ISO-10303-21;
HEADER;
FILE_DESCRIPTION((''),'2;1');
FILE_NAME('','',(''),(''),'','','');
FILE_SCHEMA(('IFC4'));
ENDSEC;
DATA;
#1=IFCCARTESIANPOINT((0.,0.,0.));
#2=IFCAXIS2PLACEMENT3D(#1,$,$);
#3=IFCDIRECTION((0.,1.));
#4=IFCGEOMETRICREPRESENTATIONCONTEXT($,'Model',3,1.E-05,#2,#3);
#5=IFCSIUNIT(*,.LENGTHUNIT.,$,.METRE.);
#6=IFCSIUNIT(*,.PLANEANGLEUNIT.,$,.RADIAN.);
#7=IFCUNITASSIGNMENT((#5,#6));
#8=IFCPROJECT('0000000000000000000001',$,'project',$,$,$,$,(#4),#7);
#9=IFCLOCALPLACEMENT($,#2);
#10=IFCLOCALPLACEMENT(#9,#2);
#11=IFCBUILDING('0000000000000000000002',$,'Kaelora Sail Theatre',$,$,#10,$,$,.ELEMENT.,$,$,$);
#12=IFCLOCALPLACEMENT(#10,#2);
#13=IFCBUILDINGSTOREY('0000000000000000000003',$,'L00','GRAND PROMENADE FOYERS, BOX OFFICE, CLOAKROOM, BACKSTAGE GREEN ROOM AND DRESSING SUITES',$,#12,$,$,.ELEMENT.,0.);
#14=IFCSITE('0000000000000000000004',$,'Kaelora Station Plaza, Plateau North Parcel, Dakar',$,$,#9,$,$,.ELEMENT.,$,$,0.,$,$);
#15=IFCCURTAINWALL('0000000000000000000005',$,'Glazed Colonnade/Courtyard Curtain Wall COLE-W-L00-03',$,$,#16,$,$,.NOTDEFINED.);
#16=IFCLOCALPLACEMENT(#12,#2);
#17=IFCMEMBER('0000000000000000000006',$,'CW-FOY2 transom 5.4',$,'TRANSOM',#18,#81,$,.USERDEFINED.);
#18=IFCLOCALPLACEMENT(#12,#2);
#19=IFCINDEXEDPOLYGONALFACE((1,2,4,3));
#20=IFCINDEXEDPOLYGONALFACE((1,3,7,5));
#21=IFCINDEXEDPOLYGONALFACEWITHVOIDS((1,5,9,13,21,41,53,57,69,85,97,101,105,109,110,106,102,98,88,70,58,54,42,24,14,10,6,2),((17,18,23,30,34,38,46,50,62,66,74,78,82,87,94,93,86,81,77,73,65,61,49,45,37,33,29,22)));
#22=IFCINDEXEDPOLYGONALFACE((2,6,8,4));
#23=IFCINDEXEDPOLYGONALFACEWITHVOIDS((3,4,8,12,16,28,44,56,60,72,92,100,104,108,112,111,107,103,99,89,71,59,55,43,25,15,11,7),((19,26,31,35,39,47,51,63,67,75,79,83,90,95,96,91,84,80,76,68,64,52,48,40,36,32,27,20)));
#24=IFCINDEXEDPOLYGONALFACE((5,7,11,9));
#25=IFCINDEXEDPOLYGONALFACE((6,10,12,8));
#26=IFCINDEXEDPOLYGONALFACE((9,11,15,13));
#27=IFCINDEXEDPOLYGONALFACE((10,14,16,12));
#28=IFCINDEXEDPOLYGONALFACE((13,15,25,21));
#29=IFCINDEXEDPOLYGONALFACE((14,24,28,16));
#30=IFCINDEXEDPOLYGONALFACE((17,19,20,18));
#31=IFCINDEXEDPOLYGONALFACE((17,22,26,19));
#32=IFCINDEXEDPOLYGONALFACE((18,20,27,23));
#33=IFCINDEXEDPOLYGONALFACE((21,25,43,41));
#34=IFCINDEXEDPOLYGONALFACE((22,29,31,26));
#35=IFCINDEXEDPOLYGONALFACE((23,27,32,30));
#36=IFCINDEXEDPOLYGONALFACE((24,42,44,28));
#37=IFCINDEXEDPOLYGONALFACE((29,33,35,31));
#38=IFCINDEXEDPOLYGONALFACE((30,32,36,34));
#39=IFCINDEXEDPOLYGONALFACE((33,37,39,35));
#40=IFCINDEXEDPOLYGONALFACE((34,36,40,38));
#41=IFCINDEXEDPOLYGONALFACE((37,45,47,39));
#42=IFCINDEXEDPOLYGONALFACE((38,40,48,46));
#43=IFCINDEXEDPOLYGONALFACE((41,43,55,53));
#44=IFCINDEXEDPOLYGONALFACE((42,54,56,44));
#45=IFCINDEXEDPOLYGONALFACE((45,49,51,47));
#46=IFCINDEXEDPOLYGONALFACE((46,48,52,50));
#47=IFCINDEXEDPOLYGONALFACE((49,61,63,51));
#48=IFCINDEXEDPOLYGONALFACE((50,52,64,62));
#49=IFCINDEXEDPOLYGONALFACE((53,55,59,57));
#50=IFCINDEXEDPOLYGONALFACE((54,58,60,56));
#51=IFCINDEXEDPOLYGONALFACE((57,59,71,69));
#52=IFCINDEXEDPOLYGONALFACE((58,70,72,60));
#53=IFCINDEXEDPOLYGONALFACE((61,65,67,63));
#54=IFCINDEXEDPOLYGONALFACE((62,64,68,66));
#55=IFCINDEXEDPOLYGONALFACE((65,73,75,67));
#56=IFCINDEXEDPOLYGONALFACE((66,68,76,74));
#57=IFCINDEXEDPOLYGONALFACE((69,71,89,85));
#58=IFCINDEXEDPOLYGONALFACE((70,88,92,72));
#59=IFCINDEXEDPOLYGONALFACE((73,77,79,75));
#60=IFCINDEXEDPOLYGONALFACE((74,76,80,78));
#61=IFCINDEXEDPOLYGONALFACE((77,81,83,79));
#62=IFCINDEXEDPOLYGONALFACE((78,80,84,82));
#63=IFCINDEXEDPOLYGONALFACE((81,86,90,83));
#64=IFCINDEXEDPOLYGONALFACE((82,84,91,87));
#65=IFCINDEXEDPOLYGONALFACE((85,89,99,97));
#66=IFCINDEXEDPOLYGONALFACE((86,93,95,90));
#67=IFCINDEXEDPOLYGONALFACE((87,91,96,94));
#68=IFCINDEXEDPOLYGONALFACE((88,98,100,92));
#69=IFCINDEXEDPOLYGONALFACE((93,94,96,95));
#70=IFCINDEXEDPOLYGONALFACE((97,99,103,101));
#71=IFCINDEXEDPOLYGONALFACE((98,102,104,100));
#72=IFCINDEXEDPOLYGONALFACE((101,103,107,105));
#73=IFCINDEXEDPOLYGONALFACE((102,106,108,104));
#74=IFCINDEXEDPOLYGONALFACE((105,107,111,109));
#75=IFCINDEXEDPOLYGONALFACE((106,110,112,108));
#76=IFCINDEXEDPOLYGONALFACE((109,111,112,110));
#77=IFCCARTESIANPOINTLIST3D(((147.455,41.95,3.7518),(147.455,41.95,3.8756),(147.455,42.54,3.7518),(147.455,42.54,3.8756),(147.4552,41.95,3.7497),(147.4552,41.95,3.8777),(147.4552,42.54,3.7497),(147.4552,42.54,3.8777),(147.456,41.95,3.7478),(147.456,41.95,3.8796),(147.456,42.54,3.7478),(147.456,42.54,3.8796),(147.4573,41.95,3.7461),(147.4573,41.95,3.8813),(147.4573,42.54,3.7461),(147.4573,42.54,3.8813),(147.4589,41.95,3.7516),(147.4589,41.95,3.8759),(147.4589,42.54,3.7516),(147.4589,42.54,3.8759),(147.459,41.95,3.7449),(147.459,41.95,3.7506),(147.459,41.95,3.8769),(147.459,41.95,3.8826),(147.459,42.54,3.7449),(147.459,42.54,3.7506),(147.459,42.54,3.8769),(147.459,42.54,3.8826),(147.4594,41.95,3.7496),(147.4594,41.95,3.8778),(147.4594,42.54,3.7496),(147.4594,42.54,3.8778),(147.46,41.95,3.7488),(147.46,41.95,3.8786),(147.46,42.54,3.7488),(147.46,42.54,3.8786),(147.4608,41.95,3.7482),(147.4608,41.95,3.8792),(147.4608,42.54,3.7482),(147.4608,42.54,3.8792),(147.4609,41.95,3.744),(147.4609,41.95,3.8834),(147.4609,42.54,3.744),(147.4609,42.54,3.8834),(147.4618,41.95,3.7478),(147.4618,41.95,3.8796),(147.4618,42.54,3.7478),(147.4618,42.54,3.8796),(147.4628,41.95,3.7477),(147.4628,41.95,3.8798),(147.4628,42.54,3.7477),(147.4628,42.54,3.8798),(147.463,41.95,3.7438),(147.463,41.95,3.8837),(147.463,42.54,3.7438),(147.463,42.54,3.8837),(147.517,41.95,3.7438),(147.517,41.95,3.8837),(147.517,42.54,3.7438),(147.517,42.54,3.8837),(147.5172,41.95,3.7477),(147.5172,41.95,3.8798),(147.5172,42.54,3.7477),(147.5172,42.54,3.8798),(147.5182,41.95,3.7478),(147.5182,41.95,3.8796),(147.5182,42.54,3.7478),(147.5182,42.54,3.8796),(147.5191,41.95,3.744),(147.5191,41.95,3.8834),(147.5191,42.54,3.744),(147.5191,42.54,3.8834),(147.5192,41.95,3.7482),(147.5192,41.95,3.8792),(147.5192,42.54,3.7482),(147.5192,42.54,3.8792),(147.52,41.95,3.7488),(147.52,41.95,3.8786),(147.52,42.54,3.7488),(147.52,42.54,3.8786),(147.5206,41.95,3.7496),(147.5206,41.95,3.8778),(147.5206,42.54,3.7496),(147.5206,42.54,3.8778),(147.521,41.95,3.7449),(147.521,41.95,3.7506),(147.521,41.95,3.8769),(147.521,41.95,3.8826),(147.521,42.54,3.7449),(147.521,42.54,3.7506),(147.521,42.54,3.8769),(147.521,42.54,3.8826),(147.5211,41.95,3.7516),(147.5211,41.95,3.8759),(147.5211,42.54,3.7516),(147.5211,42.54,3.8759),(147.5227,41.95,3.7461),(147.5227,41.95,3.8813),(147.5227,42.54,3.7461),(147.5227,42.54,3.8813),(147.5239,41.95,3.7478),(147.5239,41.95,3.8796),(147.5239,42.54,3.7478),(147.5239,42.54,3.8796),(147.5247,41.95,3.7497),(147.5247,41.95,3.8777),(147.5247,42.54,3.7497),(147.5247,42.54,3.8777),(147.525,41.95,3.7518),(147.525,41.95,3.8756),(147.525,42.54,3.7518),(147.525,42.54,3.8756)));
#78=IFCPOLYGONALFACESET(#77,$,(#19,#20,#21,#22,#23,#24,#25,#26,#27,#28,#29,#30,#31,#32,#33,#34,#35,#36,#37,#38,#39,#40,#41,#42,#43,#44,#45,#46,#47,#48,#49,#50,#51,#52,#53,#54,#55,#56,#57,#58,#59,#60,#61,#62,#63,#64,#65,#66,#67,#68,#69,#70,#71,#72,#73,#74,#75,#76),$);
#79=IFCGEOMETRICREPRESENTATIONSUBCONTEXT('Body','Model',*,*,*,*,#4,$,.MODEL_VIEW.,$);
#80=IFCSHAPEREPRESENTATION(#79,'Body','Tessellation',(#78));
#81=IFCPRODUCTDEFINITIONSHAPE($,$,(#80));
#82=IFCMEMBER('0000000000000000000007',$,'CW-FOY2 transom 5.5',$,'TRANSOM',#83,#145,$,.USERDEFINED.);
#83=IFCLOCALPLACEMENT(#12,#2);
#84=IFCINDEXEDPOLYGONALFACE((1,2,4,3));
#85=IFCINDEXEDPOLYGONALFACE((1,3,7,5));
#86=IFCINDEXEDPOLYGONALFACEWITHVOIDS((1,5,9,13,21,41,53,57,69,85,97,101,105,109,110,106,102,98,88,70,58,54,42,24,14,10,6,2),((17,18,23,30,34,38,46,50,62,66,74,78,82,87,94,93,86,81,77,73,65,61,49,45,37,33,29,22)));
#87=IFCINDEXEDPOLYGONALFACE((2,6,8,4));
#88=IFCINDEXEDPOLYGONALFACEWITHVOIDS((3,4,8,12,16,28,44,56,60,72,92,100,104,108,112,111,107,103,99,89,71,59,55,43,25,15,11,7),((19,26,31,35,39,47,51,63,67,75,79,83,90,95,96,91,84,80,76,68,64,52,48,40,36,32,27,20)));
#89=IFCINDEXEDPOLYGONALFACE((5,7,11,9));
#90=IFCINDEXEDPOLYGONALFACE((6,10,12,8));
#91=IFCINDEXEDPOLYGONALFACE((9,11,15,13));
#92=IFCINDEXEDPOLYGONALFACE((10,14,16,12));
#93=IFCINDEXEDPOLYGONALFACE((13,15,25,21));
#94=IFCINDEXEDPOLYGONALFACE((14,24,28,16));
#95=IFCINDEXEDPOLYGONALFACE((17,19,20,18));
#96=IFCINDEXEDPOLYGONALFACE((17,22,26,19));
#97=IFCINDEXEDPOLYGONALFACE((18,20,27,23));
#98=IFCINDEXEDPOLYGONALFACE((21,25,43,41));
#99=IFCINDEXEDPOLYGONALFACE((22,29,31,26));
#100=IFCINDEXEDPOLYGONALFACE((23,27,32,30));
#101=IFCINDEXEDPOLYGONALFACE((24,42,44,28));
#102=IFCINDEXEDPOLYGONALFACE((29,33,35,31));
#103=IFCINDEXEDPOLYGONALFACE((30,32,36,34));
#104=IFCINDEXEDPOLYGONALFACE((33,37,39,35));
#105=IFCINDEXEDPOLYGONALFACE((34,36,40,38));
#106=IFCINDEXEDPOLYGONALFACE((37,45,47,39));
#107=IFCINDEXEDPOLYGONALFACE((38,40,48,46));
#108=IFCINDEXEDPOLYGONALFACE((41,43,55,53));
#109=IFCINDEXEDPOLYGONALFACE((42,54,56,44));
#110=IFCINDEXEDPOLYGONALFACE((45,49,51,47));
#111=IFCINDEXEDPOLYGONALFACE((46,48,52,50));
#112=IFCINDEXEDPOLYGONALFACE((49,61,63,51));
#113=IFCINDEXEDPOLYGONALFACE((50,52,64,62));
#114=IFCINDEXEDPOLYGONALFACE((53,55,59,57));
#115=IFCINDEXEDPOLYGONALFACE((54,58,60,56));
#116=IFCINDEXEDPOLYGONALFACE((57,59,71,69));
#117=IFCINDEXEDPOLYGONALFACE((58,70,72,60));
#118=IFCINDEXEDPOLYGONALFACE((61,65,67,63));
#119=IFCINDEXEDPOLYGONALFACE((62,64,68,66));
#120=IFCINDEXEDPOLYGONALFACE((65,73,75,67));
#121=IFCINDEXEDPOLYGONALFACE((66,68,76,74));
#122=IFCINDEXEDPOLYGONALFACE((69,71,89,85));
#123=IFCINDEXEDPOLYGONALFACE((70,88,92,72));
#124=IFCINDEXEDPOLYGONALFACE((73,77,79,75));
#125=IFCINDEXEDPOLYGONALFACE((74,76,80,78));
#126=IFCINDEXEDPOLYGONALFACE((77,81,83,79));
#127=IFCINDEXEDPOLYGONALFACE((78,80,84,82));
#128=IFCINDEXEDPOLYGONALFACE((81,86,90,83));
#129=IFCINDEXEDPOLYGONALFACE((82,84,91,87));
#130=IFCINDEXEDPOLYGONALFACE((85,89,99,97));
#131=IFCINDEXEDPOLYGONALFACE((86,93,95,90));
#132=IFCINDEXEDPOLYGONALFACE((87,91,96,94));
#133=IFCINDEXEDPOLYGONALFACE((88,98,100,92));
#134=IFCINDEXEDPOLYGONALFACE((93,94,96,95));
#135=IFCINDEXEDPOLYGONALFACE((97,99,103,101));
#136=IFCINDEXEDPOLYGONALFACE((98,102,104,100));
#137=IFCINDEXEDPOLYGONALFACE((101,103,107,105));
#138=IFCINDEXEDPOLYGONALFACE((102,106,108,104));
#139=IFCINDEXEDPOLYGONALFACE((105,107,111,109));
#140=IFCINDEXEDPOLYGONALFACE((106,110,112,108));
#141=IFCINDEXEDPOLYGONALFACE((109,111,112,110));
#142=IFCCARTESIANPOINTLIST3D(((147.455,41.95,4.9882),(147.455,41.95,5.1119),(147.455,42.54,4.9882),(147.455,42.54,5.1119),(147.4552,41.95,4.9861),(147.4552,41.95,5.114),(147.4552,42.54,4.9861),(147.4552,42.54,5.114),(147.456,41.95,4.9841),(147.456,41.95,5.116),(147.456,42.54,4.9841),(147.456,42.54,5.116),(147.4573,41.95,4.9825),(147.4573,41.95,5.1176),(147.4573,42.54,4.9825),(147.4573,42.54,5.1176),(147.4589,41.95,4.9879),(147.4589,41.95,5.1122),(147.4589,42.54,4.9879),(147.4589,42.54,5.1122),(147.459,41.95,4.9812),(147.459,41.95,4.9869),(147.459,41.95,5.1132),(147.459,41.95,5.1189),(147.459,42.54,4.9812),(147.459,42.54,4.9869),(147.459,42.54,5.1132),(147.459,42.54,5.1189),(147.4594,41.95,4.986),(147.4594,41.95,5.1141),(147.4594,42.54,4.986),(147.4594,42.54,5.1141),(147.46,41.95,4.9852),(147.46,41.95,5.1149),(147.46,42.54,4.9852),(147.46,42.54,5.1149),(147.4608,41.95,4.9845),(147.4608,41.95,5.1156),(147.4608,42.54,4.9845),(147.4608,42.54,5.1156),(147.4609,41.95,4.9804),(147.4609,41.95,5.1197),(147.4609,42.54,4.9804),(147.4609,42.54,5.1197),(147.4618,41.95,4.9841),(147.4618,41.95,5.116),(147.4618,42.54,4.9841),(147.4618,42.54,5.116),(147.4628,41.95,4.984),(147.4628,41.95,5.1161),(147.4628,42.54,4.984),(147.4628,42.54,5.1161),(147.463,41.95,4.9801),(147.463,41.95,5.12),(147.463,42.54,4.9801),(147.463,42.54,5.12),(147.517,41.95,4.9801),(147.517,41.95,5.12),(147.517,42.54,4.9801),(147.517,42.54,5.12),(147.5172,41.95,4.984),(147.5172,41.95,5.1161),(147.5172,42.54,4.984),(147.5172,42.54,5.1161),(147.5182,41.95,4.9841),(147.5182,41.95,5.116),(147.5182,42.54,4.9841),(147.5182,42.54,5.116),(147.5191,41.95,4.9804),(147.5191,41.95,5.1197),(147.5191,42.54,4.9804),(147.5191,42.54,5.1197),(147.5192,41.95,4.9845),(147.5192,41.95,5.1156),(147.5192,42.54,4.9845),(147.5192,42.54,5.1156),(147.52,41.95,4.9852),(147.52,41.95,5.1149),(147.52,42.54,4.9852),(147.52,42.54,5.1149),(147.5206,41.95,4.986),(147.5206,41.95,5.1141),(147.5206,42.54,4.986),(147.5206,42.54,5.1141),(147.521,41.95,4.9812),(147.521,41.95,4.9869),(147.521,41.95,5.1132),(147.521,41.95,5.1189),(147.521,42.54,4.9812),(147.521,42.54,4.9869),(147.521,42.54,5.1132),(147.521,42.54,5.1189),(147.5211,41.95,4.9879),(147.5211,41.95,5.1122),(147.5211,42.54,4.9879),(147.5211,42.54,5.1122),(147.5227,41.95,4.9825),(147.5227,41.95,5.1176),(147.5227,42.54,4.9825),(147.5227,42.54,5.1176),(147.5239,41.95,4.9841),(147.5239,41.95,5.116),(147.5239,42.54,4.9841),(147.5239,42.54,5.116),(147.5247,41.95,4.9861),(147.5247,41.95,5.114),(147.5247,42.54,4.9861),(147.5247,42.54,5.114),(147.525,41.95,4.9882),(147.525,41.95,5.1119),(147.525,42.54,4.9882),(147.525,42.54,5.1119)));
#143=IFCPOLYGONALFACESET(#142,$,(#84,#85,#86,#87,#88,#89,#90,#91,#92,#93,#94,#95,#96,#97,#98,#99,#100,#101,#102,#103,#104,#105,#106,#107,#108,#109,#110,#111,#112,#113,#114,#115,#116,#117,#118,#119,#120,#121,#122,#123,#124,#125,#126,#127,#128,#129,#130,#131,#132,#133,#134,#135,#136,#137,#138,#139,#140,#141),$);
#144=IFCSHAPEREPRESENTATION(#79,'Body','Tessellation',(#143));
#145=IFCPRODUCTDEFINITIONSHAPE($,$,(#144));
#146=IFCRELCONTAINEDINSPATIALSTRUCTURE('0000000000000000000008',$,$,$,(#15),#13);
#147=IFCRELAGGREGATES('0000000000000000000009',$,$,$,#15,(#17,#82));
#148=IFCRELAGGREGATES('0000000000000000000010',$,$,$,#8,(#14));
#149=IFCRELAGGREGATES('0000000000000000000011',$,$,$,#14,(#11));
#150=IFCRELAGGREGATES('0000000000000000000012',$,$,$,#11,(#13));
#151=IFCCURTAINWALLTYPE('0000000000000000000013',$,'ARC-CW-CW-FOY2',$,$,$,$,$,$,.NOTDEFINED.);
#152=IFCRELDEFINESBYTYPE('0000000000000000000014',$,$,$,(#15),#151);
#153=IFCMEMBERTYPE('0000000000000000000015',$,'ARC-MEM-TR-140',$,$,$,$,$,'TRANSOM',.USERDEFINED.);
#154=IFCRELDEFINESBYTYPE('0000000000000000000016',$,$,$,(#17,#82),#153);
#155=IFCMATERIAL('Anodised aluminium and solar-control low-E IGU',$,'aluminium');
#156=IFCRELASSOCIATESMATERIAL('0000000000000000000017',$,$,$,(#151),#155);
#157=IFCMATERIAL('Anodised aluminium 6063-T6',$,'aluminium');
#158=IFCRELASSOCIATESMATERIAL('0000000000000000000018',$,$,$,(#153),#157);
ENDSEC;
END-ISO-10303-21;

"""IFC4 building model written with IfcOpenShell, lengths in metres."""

from ifc_helpers import new_model, si_unit, direction, frame, origin, origin_2d, place, context, subcontext, project, spatial, hollow_rectangle, extrude, material, material_profile, profile_set, type_object, element, aggregate, save


model = new_model("IFC4")

# Units and contexts
model_context = context("Model", 3, precision=1e-05, world=origin(), true_north=direction((0.0, 1.0)))
body_context = subcontext(model_context, "Body", "Model", "MODEL_VIEW")
ifc_project = project(units=[si_unit("LENGTHUNIT", "METRE"), si_unit("PLANEANGLEUNIT", "RADIAN")], contexts=[model_context])

# Site, building, storey
site_placement = place(None, origin())
site = spatial("IfcSite", under=ifc_project, at=site_placement, Name="Kaelora Station Plaza, Plateau North Parcel, Dakar", CompositionType="ELEMENT", RefElevation=0.0)
building_placement = place(site_placement, origin())
building = spatial("IfcBuilding", under=site, at=building_placement, Name="Kaelora Sail Theatre", CompositionType="ELEMENT")
storey_placement = place(building_placement, origin())
storey = spatial("IfcBuildingStorey", under=building, at=storey_placement, Name="L00", Description="GRAND PROMENADE FOYERS, BOX OFFICE, CLOAKROOM, BACKSTAGE GREEN ROOM AND DRESSING SUITES", CompositionType="ELEMENT", Elevation=0.0)

# Curtain wall
ifc_material_1 = material(Name="Anodised aluminium and solar-control low-E IGU", Category="aluminium")
curtain_wall_type = type_object("IfcCurtainWallType", Name="ARC-CW-CW-FOY2", PredefinedType="NOTDEFINED", material=ifc_material_1)
curtain_wall_1_placement = place(storey_placement, origin())
curtain_wall_1 = element("IfcCurtainWall", 1, at=curtain_wall_1_placement, inside=storey, type_object=curtain_wall_type, Name="Glazed Colonnade/Courtyard Curtain Wall COLE-W-L00-03", PredefinedType="NOTDEFINED")

# Members
ifc_material_2 = material(Name="Anodised aluminium 6063-T6", Category="aluminium")
ifc_material_profile_1 = material_profile(ifc_material_2, hollow_rectangle(XDim=0.0701, YDim=0.1399, WallThickness=0.0039, InnerFilletRadius=0.0039, OuterFilletRadius=0.0081, at=origin_2d()), Name="ALU-TRAN 70x140x4")
ifc_profile_set_1 = profile_set([ifc_material_profile_1], Name="Anodised aluminium 6063-T6")
member_type_1 = type_object("IfcMemberType", Name="ARC-MEM-TR-140", ElementType="TRANSOM", PredefinedType="USERDEFINED", material=ifc_profile_set_1)
member_1_placement = place(storey_placement, frame((147.49, 41.95, 3.8137), z_axis=(0.0, 1.0, 0.0), x_axis=(-1.0, 0.0, 0.0)))
member_1 = element("IfcMember", 2, at=member_1_placement, type_object=member_type_1, Name="CW-FOY2 transom 5.4", ObjectType="TRANSOM", PredefinedType="USERDEFINED", context=body_context, shape_type="SweptSolid", body=[
    extrude(hollow_rectangle(XDim=0.0701, YDim=0.1399, WallThickness=0.0039, InnerFilletRadius=0.0039, OuterFilletRadius=0.0081, at=origin_2d()), origin(), (0.0, 0.0, 1.0), 0.5901),
])
member_2_placement = place(storey_placement, frame((147.49, 41.95, 5.05), z_axis=(0.0, 1.0, 0.0), x_axis=(-1.0, 0.0, 0.0)))
member_2 = element("IfcMember", 3, at=member_2_placement, type_object=member_type_1, Name="CW-FOY2 transom 5.5", ObjectType="TRANSOM", PredefinedType="USERDEFINED", context=body_context, shape_type="SweptSolid", body=[
    extrude(hollow_rectangle(XDim=0.0701, YDim=0.1399, WallThickness=0.0039, InnerFilletRadius=0.0039, OuterFilletRadius=0.0081, at=origin_2d()), origin(), (0.0, 0.0, 1.0), 0.5901),
])

aggregate(curtain_wall_1, [member_1, member_2])

save(model, "model.ifc")
